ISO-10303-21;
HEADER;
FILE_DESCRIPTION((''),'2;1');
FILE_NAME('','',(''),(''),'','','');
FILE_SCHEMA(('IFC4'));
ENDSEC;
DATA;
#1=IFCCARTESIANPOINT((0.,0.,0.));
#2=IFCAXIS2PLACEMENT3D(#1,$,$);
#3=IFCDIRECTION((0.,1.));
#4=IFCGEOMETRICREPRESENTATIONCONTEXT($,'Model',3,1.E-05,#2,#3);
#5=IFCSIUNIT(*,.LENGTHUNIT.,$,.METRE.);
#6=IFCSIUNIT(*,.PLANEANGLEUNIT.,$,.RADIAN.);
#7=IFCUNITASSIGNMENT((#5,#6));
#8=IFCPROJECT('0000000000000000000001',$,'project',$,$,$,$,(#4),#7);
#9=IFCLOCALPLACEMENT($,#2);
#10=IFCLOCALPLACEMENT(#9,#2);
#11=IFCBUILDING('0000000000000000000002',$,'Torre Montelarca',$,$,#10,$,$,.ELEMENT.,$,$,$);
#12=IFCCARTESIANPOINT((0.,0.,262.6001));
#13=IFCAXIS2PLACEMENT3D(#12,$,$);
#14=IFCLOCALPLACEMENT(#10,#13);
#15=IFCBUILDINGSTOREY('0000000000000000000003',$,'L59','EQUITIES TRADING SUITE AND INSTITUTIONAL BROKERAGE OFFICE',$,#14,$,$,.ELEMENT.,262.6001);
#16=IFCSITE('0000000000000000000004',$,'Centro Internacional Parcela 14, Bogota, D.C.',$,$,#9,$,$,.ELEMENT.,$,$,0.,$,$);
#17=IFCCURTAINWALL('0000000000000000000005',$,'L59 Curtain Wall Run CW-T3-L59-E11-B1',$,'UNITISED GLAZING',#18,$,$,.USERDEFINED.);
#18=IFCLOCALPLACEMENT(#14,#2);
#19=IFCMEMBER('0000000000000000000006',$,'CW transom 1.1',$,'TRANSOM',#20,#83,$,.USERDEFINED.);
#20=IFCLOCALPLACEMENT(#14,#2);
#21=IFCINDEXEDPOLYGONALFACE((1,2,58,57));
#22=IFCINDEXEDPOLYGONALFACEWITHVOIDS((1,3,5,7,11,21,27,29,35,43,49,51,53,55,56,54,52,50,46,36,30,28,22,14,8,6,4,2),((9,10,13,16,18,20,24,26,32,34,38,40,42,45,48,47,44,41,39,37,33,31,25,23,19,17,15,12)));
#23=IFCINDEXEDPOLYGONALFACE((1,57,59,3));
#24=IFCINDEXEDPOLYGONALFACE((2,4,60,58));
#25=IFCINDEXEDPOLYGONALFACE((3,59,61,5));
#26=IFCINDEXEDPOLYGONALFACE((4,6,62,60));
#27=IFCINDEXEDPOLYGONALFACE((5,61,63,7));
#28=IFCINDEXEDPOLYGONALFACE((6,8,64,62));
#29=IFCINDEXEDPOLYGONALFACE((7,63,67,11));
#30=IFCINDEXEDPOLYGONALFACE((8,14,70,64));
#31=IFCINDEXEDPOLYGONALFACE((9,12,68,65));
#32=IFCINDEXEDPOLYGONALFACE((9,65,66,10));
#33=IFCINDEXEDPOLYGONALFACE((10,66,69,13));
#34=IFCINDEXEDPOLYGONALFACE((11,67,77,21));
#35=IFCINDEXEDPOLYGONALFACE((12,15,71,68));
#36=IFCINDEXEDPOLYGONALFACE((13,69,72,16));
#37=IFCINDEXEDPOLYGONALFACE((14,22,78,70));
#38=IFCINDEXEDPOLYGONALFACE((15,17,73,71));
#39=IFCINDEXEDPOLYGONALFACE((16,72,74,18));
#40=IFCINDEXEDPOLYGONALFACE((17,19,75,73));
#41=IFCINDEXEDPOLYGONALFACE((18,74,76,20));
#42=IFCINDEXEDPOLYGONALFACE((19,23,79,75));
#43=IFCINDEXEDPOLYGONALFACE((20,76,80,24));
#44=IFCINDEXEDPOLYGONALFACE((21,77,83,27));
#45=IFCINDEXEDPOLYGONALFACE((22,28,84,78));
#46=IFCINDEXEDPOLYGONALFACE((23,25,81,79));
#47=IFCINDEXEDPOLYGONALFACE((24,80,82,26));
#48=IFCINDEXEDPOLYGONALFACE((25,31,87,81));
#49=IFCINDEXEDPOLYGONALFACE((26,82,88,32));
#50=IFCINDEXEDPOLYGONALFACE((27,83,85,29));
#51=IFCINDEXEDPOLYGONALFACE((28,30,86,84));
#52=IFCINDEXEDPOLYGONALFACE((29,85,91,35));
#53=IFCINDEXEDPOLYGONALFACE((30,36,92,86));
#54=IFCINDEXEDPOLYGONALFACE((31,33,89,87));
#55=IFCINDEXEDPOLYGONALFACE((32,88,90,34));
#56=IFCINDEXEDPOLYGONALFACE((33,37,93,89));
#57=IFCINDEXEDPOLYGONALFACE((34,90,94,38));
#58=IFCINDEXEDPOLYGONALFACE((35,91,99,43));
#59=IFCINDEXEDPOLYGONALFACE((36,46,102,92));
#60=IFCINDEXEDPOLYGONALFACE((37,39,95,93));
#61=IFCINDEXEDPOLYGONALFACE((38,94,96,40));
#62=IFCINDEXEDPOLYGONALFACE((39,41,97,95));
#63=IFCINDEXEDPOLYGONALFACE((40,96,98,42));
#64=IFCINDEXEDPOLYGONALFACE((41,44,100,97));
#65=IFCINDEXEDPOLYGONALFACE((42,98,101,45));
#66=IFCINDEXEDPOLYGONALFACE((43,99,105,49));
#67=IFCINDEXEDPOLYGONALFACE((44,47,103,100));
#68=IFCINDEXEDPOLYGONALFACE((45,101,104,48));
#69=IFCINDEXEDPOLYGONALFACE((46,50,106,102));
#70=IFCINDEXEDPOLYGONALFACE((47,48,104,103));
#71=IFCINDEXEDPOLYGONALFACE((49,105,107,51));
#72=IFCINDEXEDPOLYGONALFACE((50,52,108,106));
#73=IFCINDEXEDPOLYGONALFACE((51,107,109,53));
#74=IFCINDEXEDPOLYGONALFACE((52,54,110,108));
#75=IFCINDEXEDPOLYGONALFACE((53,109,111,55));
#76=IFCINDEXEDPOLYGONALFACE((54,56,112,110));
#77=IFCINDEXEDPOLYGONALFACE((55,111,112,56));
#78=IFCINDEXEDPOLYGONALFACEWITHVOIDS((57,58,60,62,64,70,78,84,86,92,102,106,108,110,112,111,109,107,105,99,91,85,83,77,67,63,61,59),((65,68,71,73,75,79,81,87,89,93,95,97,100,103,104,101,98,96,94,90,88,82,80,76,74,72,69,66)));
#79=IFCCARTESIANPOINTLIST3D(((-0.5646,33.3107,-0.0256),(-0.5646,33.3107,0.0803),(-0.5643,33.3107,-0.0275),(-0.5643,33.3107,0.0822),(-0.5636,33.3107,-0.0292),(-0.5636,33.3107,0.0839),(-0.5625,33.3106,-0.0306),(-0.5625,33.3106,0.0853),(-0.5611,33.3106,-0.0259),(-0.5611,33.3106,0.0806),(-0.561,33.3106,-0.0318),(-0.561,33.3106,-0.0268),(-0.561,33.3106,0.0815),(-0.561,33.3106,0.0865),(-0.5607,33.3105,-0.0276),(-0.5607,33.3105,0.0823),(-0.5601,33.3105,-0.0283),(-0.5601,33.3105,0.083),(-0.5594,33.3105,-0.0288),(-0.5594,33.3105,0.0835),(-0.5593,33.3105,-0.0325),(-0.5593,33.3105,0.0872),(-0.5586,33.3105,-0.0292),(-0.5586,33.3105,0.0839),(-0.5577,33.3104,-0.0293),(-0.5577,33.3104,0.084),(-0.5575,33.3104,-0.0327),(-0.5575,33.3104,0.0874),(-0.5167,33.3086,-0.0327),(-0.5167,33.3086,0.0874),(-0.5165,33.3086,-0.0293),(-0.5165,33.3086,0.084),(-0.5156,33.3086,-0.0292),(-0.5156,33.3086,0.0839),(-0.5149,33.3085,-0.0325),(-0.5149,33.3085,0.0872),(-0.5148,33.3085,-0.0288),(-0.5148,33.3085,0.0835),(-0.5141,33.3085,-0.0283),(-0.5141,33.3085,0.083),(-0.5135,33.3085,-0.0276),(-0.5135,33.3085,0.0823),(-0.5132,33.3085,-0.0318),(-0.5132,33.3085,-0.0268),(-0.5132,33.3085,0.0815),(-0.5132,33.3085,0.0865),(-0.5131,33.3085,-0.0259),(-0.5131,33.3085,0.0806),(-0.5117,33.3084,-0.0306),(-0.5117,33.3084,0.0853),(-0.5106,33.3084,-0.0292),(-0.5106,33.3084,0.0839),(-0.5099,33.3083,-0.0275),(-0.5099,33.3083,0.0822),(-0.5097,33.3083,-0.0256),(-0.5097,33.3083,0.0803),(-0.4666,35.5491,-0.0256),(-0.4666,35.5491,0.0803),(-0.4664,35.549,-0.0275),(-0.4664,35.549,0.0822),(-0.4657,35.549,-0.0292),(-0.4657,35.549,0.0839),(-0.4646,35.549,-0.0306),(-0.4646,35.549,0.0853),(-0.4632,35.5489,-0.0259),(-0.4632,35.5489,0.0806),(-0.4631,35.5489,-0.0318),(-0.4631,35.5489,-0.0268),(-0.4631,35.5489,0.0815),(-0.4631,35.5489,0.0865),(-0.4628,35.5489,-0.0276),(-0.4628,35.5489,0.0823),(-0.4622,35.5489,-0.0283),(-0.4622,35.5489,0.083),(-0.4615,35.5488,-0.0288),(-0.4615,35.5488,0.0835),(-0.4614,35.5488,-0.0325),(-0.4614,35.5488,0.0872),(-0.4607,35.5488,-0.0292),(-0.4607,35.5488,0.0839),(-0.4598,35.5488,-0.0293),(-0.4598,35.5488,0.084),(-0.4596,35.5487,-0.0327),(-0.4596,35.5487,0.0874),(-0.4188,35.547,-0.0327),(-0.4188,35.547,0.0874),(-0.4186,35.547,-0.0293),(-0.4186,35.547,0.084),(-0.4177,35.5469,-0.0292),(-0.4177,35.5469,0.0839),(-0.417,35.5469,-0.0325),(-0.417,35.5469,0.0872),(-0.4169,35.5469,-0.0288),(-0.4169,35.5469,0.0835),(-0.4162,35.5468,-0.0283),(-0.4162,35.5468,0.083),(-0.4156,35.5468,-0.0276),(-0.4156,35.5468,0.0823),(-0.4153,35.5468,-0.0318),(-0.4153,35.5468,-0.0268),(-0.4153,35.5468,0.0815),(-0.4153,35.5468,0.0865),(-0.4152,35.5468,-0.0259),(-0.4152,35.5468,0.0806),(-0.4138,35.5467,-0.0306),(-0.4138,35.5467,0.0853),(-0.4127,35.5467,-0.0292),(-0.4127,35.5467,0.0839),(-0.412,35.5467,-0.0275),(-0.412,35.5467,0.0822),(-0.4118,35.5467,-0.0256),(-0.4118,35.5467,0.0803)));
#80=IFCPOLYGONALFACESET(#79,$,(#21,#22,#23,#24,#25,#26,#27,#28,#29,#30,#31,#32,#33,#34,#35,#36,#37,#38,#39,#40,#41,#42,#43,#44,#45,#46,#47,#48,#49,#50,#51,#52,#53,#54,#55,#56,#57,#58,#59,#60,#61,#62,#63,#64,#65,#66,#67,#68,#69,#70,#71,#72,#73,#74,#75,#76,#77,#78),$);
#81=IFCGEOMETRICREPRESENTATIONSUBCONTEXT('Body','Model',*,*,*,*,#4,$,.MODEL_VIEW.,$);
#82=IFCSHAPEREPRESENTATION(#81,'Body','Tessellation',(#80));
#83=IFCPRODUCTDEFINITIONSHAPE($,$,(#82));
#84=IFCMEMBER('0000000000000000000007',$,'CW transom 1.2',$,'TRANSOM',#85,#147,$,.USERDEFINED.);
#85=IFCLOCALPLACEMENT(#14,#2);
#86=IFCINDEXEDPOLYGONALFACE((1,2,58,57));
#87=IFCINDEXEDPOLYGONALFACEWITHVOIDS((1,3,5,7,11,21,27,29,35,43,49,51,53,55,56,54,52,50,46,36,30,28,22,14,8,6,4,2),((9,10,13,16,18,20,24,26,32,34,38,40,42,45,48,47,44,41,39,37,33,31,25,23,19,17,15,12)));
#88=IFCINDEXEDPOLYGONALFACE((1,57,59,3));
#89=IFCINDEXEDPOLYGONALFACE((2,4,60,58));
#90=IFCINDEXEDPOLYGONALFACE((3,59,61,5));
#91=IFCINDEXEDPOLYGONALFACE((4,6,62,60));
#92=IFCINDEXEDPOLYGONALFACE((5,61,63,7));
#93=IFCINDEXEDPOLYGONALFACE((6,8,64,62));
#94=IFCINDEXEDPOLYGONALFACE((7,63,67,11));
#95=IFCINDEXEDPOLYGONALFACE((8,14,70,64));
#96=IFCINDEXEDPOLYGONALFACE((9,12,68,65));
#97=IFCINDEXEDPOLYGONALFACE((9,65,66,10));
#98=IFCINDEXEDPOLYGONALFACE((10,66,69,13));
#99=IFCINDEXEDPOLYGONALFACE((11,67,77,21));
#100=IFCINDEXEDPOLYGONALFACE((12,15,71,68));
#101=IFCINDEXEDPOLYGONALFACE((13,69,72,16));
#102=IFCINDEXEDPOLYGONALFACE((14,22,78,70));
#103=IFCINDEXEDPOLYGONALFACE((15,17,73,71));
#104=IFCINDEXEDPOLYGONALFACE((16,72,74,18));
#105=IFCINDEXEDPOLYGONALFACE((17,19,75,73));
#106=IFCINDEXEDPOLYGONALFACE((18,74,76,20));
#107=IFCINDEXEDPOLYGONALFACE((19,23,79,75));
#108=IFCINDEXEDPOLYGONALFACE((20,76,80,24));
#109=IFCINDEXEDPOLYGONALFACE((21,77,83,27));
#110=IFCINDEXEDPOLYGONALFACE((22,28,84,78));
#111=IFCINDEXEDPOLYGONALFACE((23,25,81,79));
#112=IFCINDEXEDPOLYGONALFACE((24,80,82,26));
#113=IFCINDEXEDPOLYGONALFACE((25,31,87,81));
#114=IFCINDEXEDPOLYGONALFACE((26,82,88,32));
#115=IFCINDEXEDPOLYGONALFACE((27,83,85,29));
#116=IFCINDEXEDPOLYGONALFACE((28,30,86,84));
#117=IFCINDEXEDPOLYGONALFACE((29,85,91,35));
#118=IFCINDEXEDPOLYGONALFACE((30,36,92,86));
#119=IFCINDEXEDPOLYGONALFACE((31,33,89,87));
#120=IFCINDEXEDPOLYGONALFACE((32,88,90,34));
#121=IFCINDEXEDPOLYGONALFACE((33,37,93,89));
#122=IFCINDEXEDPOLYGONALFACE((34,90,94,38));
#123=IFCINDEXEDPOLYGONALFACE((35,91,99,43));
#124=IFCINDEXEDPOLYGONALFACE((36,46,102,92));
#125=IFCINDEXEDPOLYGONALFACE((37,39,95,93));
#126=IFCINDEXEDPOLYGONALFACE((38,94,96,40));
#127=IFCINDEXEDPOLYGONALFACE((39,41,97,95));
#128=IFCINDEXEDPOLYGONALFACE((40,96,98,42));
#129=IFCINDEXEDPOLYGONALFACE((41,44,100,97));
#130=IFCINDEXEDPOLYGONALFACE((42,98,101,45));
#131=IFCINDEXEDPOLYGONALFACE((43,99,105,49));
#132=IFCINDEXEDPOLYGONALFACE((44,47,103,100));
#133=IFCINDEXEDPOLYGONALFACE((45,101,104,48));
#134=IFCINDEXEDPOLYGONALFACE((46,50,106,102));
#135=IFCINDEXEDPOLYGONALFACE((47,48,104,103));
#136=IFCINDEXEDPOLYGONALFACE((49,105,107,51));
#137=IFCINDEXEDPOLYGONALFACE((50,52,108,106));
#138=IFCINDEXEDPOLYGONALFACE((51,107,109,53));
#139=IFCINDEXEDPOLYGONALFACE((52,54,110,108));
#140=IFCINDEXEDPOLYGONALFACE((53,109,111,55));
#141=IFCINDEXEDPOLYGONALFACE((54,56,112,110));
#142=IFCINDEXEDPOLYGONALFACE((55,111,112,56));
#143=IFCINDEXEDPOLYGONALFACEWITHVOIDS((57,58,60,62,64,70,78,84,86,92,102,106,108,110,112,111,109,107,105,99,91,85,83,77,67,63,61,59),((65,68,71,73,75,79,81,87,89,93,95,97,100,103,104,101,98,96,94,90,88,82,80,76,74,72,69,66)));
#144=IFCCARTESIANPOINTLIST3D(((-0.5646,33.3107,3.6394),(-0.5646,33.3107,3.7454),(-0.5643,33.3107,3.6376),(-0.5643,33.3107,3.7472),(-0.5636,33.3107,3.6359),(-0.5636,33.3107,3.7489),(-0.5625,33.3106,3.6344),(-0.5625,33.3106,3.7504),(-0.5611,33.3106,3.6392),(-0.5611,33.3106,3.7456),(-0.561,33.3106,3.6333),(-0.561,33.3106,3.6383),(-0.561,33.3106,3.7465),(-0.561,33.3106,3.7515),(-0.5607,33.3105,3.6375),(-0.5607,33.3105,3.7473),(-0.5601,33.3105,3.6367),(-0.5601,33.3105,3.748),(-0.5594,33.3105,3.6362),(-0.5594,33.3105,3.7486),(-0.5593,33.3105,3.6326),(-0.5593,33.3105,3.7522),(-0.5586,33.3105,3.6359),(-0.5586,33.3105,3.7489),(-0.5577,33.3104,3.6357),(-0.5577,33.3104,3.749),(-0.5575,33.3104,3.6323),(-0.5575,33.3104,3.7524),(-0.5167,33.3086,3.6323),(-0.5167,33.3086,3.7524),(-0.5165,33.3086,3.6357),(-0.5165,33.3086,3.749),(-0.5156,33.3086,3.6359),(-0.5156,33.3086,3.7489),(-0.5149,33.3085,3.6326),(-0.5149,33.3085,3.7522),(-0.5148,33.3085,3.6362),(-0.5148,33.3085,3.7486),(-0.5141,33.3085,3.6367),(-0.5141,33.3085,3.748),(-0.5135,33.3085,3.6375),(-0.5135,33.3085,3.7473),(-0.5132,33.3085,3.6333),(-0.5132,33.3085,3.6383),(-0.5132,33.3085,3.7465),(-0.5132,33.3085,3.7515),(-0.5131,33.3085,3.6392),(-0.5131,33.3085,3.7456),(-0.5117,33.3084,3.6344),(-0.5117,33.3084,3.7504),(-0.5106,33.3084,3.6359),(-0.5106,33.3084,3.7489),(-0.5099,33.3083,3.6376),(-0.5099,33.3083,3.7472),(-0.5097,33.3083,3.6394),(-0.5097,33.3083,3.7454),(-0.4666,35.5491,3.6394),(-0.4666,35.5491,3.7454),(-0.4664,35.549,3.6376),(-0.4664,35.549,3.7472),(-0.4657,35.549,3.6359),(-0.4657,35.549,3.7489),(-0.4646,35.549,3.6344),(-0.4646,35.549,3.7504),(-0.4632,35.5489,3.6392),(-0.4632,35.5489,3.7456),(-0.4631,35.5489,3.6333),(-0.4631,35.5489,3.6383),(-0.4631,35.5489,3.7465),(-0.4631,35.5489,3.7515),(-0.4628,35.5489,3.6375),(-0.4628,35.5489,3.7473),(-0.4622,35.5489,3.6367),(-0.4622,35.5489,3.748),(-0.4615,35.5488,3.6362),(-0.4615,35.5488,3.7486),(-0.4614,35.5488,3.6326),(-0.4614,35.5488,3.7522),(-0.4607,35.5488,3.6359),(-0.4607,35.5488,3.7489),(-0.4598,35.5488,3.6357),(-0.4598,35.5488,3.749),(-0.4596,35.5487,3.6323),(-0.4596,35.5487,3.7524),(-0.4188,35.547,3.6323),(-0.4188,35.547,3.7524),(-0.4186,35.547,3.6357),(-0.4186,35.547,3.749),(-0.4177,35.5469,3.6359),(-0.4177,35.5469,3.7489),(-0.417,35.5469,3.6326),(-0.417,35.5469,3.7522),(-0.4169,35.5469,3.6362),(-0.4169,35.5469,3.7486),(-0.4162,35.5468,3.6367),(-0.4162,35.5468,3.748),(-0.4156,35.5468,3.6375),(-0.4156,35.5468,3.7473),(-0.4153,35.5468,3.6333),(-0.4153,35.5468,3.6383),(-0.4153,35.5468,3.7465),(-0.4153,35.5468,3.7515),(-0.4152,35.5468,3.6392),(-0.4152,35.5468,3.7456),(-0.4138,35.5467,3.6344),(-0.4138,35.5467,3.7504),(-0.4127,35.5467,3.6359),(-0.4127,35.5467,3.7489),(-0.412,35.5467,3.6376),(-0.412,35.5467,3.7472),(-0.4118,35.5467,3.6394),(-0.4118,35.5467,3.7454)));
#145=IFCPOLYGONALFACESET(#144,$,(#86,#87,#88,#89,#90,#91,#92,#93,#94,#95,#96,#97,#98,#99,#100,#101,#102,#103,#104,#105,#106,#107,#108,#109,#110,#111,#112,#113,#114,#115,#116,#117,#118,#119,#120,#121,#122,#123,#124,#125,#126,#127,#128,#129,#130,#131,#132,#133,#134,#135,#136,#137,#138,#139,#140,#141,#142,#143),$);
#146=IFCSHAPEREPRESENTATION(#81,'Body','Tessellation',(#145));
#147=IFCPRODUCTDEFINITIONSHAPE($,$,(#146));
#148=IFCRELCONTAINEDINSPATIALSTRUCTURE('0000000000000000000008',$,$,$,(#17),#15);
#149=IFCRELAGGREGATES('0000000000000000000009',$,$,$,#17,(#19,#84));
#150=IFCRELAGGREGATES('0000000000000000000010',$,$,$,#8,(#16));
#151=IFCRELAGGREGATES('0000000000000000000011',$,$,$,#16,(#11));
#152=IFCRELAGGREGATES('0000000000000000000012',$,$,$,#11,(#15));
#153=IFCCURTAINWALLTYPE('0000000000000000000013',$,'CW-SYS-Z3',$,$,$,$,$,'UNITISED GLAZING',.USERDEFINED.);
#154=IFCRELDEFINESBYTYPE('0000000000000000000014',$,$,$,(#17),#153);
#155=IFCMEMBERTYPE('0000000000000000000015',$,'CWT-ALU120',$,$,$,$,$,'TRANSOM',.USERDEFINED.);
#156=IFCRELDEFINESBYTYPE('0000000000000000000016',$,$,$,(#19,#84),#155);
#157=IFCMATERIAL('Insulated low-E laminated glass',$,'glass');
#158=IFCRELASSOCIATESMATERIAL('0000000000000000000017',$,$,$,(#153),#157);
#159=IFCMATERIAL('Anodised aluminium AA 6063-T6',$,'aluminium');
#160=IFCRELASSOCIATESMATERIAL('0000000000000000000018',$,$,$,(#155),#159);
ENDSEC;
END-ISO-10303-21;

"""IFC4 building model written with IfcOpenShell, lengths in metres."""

from ifc_helpers import new_model, si_unit, direction, frame, origin, origin_2d, place, context, subcontext, project, spatial, hollow_rectangle, extrude, source, transform, mapped, material, material_profile, profile_set, type_object, element, aggregate, save


model = new_model("IFC4")

# Units and contexts
model_context = context("Model", 3, precision=1e-05, world=origin(), true_north=direction((0.0, 1.0)))
body_context = subcontext(model_context, "Body", "Model", "MODEL_VIEW")
ifc_project = project(units=[si_unit("LENGTHUNIT", "METRE"), si_unit("PLANEANGLEUNIT", "RADIAN")], contexts=[model_context])

# Site, building, storey
site_placement = place(None, origin())
site = spatial("IfcSite", under=ifc_project, at=site_placement, Name="Centro Internacional Parcela 14, Bogota, D.C.", CompositionType="ELEMENT", RefElevation=0.0)
building_placement = place(site_placement, origin())
building = spatial("IfcBuilding", under=site, at=building_placement, Name="Torre Montelarca", CompositionType="ELEMENT")
storey_placement = place(building_placement, frame((0.0, 0.0, 262.6001)))
storey = spatial("IfcBuildingStorey", under=building, at=storey_placement, Name="L59", Description="EQUITIES TRADING SUITE AND INSTITUTIONAL BROKERAGE OFFICE", CompositionType="ELEMENT", Elevation=262.6001)

# Shared definitions
ifc_material_1 = material(Name="Insulated low-E laminated glass", Category="glass")
curtain_wall_type = type_object("IfcCurtainWallType", Name="CW-SYS-Z3", ElementType="UNITISED GLAZING", PredefinedType="USERDEFINED", material=ifc_material_1)
ifc_material_2 = material(Name="Anodised aluminium AA 6063-T6", Category="aluminium")

# Curtain wall, members
curtain_wall_1_placement = place(storey_placement, origin())
curtain_wall_1 = element("IfcCurtainWall", 1, at=curtain_wall_1_placement, inside=storey, type_object=curtain_wall_type, Name="L59 Curtain Wall Run CW-T3-L59-E11-B1", ObjectType="UNITISED GLAZING", PredefinedType="USERDEFINED")
ifc_material_profile_1 = material_profile(ifc_material_2, hollow_rectangle(XDim=0.0549, YDim=0.1201, WallThickness=0.0034, InnerFilletRadius=0.0034, OuterFilletRadius=0.0071, at=origin_2d()), Name="ALU55X120X3.5", Category="aluminium")
ifc_profile_set_1 = profile_set([ifc_material_profile_1], Name="Anodised aluminium AA 6063-T6")
member_type_1 = type_object("IfcMemberType", Name="CWT-ALU120", ElementType="TRANSOM", PredefinedType="USERDEFINED", material=ifc_profile_set_1)
shared_shape_1 = source(origin(), body_context, "Body", "SweptSolid", [
    extrude(hollow_rectangle(XDim=0.0549, YDim=0.1201, WallThickness=0.0034, InnerFilletRadius=0.0034, OuterFilletRadius=0.0071, at=origin_2d()), origin(), (0.0, 0.0, 1.0), 2.2405),
])
member_1_placement = place(storey_placement, frame((-0.4392, 35.5479, 0.0273), z_axis=(-0.043697, -0.999045, 0.0), x_axis=(0.999045, -0.043697, 0.0)))
member_1 = element("IfcMember", 2, at=member_1_placement, type_object=member_type_1, Name="CW transom 1.1", ObjectType="TRANSOM", PredefinedType="USERDEFINED", context=body_context, shape_type="MappedRepresentation", body=[
    mapped(shared_shape_1, transform((0.0, 0.0, 0.0), scale=1.0)),
])
member_2_placement = place(storey_placement, frame((-0.4392, 35.5479, 3.6924), z_axis=(-0.043697, -0.999045, 0.0), x_axis=(0.999045, -0.043697, 0.0)))
member_2 = element("IfcMember", 3, at=member_2_placement, type_object=member_type_1, Name="CW transom 1.2", ObjectType="TRANSOM", PredefinedType="USERDEFINED", context=body_context, shape_type="MappedRepresentation", body=[
    mapped(shared_shape_1, transform((0.0, 0.0, 0.0), scale=1.0)),
])

aggregate(curtain_wall_1, [member_1, member_2])

save(model, "model.ifc")
